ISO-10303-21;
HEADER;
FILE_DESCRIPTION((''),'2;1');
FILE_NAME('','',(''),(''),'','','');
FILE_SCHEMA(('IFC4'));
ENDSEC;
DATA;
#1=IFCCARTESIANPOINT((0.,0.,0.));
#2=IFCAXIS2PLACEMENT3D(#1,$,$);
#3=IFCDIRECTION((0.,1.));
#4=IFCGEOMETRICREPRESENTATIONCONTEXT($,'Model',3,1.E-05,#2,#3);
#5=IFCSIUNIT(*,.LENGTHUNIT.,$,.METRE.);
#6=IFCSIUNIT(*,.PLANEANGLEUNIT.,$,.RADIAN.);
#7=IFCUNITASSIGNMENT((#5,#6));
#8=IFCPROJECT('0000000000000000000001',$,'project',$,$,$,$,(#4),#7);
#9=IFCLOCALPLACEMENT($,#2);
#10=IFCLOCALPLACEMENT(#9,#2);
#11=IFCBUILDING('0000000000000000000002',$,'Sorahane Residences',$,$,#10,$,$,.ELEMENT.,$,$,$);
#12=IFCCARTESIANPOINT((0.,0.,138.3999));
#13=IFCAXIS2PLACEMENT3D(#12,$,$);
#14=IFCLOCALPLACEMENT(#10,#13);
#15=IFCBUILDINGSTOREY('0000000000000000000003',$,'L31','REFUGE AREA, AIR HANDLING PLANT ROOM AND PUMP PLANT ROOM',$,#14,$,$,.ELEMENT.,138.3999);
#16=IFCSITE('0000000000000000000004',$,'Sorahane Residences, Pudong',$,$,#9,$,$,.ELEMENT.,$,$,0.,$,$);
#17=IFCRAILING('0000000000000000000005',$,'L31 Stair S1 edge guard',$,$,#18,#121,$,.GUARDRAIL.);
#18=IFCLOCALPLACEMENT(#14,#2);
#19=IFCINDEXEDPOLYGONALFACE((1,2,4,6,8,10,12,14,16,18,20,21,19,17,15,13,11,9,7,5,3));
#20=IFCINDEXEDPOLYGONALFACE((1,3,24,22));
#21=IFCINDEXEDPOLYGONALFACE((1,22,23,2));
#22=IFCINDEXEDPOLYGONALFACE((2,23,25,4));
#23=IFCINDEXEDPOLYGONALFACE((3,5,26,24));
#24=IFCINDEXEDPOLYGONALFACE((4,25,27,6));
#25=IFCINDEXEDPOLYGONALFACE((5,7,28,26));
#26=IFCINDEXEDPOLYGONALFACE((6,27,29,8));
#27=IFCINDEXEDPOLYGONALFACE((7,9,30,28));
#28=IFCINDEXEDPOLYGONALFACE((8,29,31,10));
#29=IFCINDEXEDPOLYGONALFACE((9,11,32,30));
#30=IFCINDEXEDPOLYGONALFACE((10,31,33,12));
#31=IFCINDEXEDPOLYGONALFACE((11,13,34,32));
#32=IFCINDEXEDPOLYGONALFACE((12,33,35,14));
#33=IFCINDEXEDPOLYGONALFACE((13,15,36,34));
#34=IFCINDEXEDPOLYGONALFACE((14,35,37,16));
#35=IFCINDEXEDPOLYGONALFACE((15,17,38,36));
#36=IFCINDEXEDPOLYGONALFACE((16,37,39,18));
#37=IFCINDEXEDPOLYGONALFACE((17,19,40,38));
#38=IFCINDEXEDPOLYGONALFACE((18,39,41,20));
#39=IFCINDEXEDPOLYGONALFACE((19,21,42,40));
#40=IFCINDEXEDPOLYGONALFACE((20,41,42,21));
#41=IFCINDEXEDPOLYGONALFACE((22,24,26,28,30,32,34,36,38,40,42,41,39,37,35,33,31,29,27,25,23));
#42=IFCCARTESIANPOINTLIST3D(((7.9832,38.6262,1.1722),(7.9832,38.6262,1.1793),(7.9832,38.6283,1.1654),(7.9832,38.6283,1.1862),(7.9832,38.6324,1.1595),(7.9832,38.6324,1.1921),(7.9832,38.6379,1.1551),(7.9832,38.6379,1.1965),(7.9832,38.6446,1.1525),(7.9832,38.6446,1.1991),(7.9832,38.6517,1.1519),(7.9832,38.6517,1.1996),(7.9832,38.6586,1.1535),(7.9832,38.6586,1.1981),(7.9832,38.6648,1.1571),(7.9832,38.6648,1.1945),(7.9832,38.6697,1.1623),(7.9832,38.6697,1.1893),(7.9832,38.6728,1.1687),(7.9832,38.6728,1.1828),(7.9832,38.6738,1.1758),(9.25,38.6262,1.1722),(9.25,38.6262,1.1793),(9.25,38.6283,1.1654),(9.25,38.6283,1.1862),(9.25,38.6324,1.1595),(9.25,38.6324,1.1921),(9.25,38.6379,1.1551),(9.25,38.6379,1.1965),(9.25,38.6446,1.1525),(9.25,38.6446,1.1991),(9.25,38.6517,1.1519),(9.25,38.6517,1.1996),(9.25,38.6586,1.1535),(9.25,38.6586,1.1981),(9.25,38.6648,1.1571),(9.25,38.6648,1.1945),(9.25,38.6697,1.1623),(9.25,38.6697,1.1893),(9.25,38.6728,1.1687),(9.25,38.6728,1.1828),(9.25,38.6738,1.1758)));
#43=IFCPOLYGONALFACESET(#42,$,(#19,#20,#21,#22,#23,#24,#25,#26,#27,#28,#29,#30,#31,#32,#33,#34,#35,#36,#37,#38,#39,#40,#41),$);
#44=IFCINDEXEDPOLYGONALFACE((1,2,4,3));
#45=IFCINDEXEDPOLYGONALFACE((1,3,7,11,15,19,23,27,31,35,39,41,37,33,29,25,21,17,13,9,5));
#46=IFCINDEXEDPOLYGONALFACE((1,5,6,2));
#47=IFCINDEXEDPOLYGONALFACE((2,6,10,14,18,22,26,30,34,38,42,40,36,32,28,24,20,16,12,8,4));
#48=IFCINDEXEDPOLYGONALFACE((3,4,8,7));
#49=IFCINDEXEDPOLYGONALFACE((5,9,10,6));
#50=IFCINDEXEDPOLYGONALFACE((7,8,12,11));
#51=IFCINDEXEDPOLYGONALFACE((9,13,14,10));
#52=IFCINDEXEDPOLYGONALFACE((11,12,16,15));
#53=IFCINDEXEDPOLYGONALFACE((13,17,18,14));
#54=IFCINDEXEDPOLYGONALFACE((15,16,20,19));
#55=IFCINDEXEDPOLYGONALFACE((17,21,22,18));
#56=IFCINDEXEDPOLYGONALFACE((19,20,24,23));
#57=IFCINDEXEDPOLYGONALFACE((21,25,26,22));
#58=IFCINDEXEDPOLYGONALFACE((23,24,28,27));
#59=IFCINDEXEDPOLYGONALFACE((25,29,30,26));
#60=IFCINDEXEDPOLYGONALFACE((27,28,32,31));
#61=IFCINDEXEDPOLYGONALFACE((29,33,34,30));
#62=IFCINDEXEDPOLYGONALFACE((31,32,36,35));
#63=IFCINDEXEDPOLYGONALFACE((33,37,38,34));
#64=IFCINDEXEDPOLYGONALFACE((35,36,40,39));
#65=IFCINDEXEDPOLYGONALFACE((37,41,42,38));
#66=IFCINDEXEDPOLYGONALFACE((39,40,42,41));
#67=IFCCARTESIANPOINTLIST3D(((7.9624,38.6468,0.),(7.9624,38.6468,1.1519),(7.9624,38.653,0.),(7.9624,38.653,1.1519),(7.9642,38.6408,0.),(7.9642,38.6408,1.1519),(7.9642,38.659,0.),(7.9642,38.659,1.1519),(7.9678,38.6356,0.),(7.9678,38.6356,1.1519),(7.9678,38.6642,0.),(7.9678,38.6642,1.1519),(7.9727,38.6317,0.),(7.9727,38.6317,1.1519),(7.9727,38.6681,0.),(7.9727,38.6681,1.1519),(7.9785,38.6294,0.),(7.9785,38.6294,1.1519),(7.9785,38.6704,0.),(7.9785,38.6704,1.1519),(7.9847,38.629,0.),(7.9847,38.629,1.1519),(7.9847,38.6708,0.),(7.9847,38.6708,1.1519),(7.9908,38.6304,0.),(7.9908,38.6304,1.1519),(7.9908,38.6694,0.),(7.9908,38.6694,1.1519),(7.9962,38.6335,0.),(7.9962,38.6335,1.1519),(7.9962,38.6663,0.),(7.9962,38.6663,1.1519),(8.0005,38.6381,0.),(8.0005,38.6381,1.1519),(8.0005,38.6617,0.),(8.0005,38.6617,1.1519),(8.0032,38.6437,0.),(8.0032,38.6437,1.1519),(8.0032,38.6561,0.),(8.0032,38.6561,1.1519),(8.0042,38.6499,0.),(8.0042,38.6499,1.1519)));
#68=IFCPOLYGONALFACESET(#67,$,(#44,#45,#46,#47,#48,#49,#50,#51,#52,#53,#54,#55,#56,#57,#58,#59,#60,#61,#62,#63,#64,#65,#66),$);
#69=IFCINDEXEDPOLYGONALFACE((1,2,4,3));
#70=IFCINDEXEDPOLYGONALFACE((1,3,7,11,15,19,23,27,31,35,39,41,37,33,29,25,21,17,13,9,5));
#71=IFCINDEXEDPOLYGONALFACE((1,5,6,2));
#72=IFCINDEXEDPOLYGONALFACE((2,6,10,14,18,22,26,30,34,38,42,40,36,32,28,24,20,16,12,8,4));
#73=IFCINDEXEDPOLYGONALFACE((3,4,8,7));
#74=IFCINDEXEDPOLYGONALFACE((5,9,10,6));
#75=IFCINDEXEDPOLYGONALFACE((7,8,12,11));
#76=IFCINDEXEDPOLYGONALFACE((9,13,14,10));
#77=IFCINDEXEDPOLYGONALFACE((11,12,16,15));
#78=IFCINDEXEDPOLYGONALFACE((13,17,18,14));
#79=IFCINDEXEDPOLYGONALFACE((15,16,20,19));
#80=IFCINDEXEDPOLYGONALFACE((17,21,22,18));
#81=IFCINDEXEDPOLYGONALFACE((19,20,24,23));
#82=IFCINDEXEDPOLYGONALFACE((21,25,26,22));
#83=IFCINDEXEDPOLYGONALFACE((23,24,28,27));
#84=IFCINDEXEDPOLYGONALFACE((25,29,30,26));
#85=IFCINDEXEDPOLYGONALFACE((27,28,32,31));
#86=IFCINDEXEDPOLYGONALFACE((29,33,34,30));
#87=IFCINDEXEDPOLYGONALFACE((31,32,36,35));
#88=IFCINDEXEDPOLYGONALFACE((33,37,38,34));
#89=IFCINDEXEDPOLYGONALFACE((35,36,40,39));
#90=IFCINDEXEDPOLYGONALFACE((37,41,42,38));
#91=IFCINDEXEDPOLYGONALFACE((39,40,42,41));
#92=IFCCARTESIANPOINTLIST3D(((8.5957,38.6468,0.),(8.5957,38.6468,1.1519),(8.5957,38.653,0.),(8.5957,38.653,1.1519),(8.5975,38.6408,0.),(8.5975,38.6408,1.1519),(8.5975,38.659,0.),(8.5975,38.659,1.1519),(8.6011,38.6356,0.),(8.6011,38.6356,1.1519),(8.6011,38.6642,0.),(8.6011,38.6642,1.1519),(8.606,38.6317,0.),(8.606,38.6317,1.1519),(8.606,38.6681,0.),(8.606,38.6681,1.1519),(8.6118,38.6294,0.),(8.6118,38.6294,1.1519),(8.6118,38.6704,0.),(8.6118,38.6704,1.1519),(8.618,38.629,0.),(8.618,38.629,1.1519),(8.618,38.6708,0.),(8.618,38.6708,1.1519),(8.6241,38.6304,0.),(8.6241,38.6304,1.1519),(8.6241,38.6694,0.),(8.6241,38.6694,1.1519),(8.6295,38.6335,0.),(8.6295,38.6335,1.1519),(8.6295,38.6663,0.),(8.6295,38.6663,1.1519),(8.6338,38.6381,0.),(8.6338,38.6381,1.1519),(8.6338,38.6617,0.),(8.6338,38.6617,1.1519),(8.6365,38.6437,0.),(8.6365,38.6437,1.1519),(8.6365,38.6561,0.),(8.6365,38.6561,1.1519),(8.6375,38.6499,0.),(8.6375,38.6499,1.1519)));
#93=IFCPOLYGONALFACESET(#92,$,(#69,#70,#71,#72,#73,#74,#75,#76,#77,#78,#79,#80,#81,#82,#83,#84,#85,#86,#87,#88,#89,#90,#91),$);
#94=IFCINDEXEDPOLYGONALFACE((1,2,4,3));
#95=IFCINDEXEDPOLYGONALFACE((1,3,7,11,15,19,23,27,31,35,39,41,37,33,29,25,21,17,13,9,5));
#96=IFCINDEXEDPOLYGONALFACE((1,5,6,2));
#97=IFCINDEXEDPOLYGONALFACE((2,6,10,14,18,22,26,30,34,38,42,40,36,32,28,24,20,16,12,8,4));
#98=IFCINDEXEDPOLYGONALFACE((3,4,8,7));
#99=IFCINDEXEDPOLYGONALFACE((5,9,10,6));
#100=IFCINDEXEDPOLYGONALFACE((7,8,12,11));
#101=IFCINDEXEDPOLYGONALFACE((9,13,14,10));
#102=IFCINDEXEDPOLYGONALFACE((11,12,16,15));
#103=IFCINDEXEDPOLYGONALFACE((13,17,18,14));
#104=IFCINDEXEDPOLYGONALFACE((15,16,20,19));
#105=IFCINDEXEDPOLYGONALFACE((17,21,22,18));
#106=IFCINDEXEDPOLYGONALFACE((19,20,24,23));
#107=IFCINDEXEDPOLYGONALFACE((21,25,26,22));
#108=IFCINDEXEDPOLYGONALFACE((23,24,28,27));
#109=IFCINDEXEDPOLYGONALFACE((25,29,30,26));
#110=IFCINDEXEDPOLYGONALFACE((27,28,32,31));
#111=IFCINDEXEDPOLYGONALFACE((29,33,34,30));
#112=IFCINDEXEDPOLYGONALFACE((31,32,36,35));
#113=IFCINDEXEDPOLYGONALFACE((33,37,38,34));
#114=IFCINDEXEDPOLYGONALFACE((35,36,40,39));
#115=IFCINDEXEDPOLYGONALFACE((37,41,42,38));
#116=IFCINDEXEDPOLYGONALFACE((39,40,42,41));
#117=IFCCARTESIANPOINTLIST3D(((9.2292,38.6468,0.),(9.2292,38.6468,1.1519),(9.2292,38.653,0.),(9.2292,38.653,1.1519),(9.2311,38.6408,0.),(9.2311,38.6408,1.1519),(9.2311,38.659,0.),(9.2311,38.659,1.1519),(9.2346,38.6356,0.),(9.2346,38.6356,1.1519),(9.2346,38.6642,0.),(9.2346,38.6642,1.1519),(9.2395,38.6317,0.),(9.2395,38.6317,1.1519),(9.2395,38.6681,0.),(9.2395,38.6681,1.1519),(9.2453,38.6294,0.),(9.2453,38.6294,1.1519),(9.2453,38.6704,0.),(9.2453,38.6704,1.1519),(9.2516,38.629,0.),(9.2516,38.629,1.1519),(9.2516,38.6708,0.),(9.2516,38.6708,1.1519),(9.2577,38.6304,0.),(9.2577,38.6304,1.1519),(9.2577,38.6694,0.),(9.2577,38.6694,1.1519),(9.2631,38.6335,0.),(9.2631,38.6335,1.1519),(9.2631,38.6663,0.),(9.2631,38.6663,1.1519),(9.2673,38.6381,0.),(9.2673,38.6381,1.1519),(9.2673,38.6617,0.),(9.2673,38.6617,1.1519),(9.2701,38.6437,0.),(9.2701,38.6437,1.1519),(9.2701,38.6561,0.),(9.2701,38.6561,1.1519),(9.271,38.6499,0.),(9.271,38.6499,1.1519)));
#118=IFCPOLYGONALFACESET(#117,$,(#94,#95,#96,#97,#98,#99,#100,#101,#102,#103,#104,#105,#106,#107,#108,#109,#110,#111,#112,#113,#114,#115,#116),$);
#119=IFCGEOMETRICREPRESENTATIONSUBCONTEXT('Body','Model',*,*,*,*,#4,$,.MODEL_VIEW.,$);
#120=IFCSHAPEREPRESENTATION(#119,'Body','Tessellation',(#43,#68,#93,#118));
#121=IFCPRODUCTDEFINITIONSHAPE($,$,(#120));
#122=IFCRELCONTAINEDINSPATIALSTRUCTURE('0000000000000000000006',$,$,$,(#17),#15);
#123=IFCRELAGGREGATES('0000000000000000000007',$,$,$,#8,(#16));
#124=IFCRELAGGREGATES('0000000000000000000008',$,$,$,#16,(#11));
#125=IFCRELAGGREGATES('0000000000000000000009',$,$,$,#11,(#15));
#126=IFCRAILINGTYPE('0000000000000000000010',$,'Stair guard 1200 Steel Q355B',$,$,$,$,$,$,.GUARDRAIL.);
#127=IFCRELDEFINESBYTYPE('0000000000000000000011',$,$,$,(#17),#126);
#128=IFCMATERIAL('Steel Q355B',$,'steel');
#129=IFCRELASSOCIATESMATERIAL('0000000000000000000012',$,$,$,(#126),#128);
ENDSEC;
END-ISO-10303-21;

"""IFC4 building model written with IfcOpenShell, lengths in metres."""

from ifc_helpers import new_model, si_unit, direction, frame, origin, origin_2d, place, context, subcontext, project, spatial, circle, extrude, material, type_object, element, save


model = new_model("IFC4")

# Units and contexts
model_context = context("Model", 3, precision=1e-05, world=origin(), true_north=direction((0.0, 1.0)))
body_context = subcontext(model_context, "Body", "Model", "MODEL_VIEW")
ifc_project = project(units=[si_unit("LENGTHUNIT", "METRE"), si_unit("PLANEANGLEUNIT", "RADIAN")], contexts=[model_context])

# Site, building, storey
site_placement = place(None, origin())
site = spatial("IfcSite", under=ifc_project, at=site_placement, Name="Sorahane Residences, Pudong", CompositionType="ELEMENT", RefElevation=0.0)
building_placement = place(site_placement, origin())
building = spatial("IfcBuilding", under=site, at=building_placement, Name="Sorahane Residences", CompositionType="ELEMENT")
storey_placement = place(building_placement, frame((0.0, 0.0, 138.3999)))
storey = spatial("IfcBuildingStorey", under=building, at=storey_placement, Name="L31", Description="REFUGE AREA, AIR HANDLING PLANT ROOM AND PUMP PLANT ROOM", CompositionType="ELEMENT", Elevation=138.3999)

# Railing
ifc_material_1 = material(Name="Steel Q355B", Category="steel")
railing_type = type_object("IfcRailingType", Name="Stair guard 1200 Steel Q355B", PredefinedType="GUARDRAIL", material=ifc_material_1)
railing_1_placement = place(storey_placement, frame((7.9832, 38.6499, 0.0)))
element("IfcRailing", 1, at=railing_1_placement, inside=storey, type_object=railing_type, Name="L31 Stair S1 edge guard", PredefinedType="GUARDRAIL", context=body_context, shape_type="SweptSolid", body=[
    extrude(circle(Radius=0.0239, at=origin_2d()), frame((0.0, 0.0, 1.1758), z_axis=(1.0, 0.0, 0.0), x_axis=(0.0, 1.0, 0.0)), (0.0, 0.0, 1.0), 1.2668),
    extrude(circle(Radius=0.021, at=origin_2d()), origin(), (0.0, 0.0, 1.0), 1.1519),
    extrude(circle(Radius=0.021, at=origin_2d()), frame((0.6333, 0.0, 0.0)), (0.0, 0.0, 1.0), 1.1519),
    extrude(circle(Radius=0.021, at=origin_2d()), frame((1.2668, 0.0, 0.0)), (0.0, 0.0, 1.0), 1.1519),
])

save(model, "model.ifc")
